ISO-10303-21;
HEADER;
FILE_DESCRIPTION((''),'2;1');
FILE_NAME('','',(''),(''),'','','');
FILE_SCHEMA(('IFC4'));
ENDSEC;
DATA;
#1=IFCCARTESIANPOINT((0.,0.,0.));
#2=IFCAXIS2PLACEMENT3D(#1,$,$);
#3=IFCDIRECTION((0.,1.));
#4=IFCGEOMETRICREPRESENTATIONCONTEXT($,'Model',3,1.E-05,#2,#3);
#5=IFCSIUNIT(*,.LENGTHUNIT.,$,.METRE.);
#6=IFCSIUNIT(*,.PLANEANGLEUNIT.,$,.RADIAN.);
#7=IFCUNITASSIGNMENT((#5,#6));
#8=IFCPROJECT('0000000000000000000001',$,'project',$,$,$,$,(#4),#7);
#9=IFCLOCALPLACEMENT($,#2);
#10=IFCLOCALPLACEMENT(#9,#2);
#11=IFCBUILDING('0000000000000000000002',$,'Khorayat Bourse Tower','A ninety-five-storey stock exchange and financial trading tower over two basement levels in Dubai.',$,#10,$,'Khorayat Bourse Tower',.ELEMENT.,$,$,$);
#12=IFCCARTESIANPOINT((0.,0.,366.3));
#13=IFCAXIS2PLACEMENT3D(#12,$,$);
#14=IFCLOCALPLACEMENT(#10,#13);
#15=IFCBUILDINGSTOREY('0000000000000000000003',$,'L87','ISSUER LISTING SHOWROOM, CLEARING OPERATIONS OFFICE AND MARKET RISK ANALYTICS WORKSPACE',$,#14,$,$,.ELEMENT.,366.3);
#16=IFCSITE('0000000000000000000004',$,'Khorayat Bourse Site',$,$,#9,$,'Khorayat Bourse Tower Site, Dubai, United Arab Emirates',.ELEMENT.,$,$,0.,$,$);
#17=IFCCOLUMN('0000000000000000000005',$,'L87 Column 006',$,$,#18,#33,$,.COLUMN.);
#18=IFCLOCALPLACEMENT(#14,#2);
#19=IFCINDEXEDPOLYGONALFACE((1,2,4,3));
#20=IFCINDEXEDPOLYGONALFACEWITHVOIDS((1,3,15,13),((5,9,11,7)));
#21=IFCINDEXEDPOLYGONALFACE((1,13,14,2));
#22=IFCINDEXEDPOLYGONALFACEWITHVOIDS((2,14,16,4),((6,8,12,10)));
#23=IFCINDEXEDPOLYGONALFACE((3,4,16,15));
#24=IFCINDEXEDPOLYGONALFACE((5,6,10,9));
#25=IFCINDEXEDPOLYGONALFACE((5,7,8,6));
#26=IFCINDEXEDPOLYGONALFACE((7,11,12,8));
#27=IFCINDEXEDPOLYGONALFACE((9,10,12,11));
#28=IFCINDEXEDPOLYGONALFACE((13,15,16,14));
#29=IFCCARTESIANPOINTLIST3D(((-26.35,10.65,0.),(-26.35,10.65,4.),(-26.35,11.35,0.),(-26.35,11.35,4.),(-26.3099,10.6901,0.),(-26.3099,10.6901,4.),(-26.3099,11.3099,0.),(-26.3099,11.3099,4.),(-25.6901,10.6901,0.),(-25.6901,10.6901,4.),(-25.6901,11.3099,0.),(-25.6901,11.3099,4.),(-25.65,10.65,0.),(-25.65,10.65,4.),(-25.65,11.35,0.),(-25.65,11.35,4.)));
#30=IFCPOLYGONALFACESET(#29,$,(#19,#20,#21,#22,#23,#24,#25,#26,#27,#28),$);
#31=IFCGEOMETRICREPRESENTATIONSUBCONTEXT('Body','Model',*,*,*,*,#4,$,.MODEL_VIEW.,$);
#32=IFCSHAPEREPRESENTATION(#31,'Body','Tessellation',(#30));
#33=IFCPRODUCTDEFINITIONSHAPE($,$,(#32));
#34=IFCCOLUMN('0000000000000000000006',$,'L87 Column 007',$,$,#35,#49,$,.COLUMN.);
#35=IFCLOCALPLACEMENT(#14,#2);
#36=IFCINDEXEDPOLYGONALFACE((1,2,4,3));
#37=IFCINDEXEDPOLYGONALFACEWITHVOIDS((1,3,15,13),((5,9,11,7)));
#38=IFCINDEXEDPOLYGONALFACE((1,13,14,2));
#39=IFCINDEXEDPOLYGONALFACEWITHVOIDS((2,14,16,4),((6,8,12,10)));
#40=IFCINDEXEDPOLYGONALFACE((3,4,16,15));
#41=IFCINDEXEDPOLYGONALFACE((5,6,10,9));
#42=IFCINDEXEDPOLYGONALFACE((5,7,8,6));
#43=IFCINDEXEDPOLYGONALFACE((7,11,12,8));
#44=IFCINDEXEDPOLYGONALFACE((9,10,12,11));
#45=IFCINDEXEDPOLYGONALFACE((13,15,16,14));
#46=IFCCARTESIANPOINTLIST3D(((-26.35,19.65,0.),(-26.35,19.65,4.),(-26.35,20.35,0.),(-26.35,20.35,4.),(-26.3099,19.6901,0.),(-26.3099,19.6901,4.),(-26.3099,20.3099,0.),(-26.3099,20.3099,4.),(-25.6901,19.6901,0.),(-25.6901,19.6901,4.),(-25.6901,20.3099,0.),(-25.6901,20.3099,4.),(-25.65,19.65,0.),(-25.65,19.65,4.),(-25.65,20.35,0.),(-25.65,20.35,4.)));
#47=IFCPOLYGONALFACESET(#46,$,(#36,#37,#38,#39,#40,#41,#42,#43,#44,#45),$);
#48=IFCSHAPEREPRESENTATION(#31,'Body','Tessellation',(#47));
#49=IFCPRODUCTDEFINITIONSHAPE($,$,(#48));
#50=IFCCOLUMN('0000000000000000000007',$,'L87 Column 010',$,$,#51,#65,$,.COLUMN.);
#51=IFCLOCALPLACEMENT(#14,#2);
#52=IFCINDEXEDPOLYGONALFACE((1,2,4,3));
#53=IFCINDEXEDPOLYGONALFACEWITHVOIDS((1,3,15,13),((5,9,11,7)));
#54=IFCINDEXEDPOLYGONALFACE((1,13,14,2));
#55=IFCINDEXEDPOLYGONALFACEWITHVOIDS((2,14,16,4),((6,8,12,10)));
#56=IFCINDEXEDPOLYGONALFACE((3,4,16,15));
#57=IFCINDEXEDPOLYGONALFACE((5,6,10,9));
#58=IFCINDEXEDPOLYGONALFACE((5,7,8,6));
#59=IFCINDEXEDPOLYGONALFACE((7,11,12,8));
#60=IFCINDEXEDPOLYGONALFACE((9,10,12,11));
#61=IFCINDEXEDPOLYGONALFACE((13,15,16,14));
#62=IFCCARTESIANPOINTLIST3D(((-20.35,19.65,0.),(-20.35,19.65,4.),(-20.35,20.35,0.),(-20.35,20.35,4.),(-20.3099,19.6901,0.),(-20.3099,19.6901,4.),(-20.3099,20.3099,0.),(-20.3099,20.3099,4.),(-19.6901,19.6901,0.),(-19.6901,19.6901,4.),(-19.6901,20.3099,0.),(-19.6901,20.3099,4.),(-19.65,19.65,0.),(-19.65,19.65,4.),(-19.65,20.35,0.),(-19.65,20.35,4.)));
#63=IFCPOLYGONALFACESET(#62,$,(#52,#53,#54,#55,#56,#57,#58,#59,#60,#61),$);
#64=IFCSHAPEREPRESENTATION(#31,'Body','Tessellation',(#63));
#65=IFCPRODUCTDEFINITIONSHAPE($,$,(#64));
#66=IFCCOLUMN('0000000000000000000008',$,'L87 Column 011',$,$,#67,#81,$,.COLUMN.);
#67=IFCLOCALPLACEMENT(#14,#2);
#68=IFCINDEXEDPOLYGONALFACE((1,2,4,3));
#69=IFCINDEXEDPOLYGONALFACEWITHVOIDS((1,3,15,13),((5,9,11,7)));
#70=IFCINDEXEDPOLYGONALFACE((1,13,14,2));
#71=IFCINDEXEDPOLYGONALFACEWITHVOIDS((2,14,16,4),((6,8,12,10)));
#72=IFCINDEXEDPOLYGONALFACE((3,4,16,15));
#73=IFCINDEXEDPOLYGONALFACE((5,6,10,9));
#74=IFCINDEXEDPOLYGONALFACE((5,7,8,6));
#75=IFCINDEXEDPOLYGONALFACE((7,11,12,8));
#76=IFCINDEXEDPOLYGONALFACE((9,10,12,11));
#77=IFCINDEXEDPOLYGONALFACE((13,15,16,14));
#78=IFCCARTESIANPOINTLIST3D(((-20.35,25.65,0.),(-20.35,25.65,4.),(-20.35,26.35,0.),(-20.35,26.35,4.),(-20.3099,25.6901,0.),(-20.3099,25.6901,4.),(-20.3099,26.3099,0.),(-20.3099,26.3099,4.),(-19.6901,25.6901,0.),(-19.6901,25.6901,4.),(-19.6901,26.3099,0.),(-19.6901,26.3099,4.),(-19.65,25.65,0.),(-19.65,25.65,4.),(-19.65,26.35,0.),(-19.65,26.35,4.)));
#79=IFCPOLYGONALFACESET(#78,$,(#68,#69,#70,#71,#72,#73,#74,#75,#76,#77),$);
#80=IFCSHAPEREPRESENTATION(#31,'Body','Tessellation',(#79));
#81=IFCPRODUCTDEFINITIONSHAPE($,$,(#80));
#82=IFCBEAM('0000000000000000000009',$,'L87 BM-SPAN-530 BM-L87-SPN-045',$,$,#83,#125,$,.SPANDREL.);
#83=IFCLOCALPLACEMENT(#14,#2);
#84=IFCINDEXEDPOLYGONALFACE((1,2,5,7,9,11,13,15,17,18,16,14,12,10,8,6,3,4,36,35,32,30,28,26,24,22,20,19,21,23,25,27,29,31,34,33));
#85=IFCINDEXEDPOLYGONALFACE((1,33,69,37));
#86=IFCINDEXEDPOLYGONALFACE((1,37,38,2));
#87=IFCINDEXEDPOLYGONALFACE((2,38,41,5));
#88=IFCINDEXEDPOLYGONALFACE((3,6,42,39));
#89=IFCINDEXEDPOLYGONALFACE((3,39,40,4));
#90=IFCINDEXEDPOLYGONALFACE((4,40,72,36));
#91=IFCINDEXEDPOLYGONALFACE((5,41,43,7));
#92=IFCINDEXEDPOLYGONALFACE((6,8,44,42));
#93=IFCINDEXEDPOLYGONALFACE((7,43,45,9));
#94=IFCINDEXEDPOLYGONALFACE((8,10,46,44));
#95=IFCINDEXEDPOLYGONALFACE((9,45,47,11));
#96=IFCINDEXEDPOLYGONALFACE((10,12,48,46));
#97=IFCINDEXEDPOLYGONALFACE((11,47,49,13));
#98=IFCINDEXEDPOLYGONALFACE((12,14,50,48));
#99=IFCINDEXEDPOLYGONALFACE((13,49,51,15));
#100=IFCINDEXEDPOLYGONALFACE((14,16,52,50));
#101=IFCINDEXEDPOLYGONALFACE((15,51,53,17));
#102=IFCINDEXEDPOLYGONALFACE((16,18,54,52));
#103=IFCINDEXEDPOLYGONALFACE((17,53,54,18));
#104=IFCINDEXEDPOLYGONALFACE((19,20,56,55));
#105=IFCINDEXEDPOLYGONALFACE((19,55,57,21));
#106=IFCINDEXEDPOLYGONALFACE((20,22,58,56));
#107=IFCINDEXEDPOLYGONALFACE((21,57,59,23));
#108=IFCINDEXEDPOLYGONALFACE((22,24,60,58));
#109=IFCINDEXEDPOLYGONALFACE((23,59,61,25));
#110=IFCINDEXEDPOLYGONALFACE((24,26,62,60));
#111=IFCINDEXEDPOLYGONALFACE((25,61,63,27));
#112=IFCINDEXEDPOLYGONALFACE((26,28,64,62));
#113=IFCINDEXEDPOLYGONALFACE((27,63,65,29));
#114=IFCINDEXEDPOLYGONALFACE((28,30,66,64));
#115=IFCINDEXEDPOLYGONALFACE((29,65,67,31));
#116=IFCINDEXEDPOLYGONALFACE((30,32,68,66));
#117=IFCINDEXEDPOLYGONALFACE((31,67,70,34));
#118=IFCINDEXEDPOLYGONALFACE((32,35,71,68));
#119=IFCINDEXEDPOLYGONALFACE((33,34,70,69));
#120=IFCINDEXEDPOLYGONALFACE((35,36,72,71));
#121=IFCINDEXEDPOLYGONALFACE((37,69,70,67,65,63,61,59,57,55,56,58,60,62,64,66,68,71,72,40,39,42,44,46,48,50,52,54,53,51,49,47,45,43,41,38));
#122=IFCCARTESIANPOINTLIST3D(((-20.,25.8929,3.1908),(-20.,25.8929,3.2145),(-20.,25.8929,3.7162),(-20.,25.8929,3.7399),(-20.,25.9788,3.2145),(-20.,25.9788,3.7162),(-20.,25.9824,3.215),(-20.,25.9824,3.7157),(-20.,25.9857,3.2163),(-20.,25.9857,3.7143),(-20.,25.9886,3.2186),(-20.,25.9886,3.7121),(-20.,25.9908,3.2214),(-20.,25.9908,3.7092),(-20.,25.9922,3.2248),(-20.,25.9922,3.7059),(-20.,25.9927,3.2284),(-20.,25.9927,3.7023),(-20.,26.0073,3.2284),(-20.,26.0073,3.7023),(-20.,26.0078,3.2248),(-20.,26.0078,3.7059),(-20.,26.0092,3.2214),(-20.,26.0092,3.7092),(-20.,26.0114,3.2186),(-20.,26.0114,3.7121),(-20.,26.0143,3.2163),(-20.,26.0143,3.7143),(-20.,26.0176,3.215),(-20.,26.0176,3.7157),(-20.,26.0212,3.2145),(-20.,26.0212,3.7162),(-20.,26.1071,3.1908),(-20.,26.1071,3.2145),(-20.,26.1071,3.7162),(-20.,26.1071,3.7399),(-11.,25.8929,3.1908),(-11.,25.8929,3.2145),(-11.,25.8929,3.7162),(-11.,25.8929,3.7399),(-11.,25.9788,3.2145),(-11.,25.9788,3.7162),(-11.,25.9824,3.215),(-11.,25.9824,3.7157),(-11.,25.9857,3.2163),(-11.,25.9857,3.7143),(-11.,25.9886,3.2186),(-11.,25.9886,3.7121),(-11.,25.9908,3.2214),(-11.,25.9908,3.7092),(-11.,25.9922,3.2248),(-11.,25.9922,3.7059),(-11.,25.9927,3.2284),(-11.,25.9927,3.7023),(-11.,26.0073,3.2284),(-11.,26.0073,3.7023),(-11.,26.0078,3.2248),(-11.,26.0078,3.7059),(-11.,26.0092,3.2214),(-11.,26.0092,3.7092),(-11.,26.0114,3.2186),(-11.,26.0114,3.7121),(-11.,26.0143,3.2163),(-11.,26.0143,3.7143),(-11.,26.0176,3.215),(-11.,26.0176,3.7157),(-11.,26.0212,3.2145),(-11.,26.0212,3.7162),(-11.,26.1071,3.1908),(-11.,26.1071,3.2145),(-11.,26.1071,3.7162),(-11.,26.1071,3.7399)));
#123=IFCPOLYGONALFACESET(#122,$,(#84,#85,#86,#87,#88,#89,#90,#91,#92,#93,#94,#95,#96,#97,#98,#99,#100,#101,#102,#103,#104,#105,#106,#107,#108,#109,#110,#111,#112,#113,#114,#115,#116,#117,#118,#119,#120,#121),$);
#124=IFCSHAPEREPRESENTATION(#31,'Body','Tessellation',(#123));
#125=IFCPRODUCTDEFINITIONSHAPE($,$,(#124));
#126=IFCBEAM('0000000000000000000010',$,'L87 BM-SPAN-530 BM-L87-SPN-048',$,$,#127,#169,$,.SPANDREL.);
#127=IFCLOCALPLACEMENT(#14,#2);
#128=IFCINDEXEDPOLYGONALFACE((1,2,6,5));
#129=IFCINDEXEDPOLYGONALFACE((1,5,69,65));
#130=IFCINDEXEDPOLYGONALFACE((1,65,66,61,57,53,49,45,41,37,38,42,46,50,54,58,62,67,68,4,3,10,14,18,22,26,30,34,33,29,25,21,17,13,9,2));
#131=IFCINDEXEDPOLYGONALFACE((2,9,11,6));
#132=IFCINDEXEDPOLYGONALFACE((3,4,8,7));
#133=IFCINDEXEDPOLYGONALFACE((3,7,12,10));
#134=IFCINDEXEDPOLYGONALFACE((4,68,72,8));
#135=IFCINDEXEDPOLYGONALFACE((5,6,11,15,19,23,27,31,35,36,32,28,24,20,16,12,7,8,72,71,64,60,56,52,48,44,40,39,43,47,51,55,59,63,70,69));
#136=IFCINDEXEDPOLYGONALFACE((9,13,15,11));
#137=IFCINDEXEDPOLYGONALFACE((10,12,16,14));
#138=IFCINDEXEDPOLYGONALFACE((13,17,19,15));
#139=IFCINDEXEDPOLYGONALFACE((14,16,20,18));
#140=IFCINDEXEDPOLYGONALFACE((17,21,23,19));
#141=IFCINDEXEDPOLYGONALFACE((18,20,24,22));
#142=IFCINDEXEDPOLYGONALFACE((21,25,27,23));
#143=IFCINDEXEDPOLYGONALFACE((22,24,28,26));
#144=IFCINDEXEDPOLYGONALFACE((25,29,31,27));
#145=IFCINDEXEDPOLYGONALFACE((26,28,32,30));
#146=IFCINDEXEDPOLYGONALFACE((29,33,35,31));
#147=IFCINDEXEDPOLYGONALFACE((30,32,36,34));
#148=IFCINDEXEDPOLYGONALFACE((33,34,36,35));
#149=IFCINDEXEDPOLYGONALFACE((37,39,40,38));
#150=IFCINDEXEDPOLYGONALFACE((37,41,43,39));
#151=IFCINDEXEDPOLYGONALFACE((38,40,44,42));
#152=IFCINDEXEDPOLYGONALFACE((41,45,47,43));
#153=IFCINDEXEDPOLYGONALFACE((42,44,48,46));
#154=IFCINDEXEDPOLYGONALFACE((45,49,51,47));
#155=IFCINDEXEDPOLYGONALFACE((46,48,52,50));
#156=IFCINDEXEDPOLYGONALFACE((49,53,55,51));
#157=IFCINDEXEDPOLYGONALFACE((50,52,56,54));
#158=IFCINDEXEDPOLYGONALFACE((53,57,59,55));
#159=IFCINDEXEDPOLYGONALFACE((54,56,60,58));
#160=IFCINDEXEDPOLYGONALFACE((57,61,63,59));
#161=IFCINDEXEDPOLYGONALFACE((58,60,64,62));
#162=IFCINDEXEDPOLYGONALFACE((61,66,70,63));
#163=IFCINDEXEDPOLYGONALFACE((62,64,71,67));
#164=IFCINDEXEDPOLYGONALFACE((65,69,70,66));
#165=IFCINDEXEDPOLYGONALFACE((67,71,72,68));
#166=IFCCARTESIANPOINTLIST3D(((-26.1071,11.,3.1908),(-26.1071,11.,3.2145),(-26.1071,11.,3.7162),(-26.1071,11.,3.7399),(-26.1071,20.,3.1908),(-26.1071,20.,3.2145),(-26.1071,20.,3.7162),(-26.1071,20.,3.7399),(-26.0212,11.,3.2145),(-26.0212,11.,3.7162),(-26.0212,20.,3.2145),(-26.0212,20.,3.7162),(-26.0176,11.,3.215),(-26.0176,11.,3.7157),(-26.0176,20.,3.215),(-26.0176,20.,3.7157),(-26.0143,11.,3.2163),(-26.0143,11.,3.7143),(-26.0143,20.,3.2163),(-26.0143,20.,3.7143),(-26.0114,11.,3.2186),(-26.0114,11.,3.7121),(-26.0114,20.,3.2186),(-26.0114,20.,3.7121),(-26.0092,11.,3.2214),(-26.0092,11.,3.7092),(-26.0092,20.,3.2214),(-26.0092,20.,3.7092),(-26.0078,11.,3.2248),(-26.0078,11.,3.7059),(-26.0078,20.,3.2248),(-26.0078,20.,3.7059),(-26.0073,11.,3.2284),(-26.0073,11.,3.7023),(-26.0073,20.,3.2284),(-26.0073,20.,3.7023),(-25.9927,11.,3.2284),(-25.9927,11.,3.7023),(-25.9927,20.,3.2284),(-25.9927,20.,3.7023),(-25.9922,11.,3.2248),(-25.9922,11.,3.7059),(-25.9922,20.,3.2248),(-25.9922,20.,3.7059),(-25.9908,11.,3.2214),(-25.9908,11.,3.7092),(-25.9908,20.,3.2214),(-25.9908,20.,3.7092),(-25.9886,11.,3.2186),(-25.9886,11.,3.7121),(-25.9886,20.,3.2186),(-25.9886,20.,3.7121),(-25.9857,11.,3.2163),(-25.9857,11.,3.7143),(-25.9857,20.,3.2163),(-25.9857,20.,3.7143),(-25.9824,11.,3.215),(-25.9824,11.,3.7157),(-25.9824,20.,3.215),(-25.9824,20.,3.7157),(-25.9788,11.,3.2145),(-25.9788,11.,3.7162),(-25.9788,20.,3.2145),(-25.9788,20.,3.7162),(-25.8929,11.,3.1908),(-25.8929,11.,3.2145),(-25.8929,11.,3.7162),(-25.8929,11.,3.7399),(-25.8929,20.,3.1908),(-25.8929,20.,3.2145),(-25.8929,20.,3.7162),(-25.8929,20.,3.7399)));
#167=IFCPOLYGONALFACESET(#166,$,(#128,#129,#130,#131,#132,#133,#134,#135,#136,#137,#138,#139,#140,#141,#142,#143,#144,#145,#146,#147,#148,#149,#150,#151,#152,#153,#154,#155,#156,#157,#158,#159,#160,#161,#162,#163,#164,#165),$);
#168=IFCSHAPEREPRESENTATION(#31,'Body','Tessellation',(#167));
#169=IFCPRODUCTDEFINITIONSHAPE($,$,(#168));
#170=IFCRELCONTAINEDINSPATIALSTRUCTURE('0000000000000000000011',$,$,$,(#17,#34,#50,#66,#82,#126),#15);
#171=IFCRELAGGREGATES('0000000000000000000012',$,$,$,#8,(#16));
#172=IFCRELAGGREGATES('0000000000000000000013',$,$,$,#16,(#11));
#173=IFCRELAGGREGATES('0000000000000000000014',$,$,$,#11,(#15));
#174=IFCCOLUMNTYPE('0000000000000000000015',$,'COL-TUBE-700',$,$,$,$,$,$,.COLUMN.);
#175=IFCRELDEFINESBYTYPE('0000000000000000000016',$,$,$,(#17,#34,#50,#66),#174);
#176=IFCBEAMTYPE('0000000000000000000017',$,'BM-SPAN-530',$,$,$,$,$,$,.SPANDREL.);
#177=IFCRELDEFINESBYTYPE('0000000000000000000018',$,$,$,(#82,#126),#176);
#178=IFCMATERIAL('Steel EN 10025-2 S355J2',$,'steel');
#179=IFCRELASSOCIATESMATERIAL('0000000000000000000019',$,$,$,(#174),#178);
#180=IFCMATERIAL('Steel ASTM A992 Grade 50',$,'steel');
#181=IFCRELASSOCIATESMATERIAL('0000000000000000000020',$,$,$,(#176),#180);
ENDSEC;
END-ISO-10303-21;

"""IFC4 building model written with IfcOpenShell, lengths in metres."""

from ifc_helpers import new_model, si_unit, direction, frame, origin, origin_2d, place, context, subcontext, project, spatial, hollow_rectangle, i_section, extrude, source, transform, mapped, material, material_profile, profile_set, type_object, element, save


model = new_model("IFC4")

# Units and contexts
model_context = context("Model", 3, precision=1e-05, world=origin(), true_north=direction((0.0, 1.0)))
body_context = subcontext(model_context, "Body", "Model", "MODEL_VIEW")
ifc_project = project(units=[si_unit("LENGTHUNIT", "METRE"), si_unit("PLANEANGLEUNIT", "RADIAN")], contexts=[model_context])

# Site, building, storey
site_placement = place(None, origin())
site = spatial("IfcSite", under=ifc_project, at=site_placement, Name="Khorayat Bourse Site", LongName="Khorayat Bourse Tower Site, Dubai, United Arab Emirates", CompositionType="ELEMENT", RefElevation=0.0)
building_placement = place(site_placement, origin())
building = spatial("IfcBuilding", under=site, at=building_placement, Name="Khorayat Bourse Tower", Description="A ninety-five-storey stock exchange and financial trading tower over two basement levels in Dubai.", LongName="Khorayat Bourse Tower", CompositionType="ELEMENT")
storey_placement = place(building_placement, frame((0.0, 0.0, 366.3)))
storey = spatial("IfcBuildingStorey", under=building, at=storey_placement, Name="L87", Description="ISSUER LISTING SHOWROOM, CLEARING OPERATIONS OFFICE AND MARKET RISK ANALYTICS WORKSPACE", CompositionType="ELEMENT", Elevation=366.3)

# Columns
ifc_material_1 = material(Name="Steel EN 10025-2 S355J2", Category="steel")
ifc_material_profile_1 = material_profile(ifc_material_1, hollow_rectangle(XDim=0.7, YDim=0.7, WallThickness=0.04, at=origin_2d()), Name="BOX 700x700x40")
ifc_profile_set_1 = profile_set([ifc_material_profile_1], Name="Steel EN 10025-2 S355J2")
column_type = type_object("IfcColumnType", Name="COL-TUBE-700", PredefinedType="COLUMN", material=ifc_profile_set_1)
shared_shape_1 = source(origin(), body_context, "Body", "SweptSolid", [
    extrude(hollow_rectangle(XDim=0.7, YDim=0.7, WallThickness=0.04, at=origin_2d()), origin(), (0.0, 0.0, 1.0), 4.0),
])
for number, where, z_axis, x_axis, name in (
    (1, (-26.0, 11.0, 0.0), (0.0, 0.0, 1.0), (1.0, 0.0, 0.0), "L87 Column 006"),
    (2, (-26.0, 20.0, 0.0), (0.0, 0.0, 1.0), (1.0, 0.0, 0.0), "L87 Column 007"),
    (3, (-20.0, 20.0, 0.0), (0.0, 0.0, 1.0), (1.0, 0.0, 0.0), "L87 Column 010"),
    (4, (-20.0, 26.0, 0.0), (0.0, 0.0, 1.0), (1.0, 0.0, 0.0), "L87 Column 011"),
):
    element("IfcColumn", number, at=place(storey_placement, frame(where, z_axis=z_axis, x_axis=x_axis)), inside=storey, type_object=column_type, Name=name, PredefinedType="COLUMN", context=body_context, shape_type="MappedRepresentation", body=[
        mapped(shared_shape_1, transform((0.0, 0.0, 0.0), scale=1.0)),
    ])

# Beams
ifc_material_2 = material(Name="Steel ASTM A992 Grade 50", Category="steel")
ifc_material_profile_2 = material_profile(ifc_material_2, i_section(OverallWidth=0.2141, OverallDepth=0.5491, WebThickness=0.0146, FlangeThickness=0.0237, FilletRadius=0.0139, at=origin_2d()), Name="W530X138")
ifc_profile_set_2 = profile_set([ifc_material_profile_2], Name="Steel ASTM A992 Grade 50")
beam_type_1 = type_object("IfcBeamType", Name="BM-SPAN-530", PredefinedType="SPANDREL", material=ifc_profile_set_2)
shared_shape_2 = source(origin(), body_context, "Body", "SweptSolid", [
    extrude(i_section(OverallWidth=0.2141, OverallDepth=0.5491, WebThickness=0.0146, FlangeThickness=0.0237, FilletRadius=0.0139, at=origin_2d()), origin(), (0.0, 0.0, 1.0), 9.0),
])
for number, where, z_axis, x_axis, name in (
    (5, (-20.0, 26.0, 3.4653), (1.0, 0.0, 0.0), (0.0, 1.0, 0.0), "L87 BM-SPAN-530 BM-L87-SPN-045"),
    (6, (-26.0, 11.0, 3.4653), (0.0, 1.0, 0.0), (-1.0, 0.0, 0.0), "L87 BM-SPAN-530 BM-L87-SPN-048"),
):
    element("IfcBeam", number, at=place(storey_placement, frame(where, z_axis=z_axis, x_axis=x_axis)), inside=storey, type_object=beam_type_1, Name=name, PredefinedType="SPANDREL", context=body_context, shape_type="MappedRepresentation", body=[
        mapped(shared_shape_2, transform((0.0, 0.0, 0.0), scale=1.0)),
    ])

save(model, "model.ifc")
